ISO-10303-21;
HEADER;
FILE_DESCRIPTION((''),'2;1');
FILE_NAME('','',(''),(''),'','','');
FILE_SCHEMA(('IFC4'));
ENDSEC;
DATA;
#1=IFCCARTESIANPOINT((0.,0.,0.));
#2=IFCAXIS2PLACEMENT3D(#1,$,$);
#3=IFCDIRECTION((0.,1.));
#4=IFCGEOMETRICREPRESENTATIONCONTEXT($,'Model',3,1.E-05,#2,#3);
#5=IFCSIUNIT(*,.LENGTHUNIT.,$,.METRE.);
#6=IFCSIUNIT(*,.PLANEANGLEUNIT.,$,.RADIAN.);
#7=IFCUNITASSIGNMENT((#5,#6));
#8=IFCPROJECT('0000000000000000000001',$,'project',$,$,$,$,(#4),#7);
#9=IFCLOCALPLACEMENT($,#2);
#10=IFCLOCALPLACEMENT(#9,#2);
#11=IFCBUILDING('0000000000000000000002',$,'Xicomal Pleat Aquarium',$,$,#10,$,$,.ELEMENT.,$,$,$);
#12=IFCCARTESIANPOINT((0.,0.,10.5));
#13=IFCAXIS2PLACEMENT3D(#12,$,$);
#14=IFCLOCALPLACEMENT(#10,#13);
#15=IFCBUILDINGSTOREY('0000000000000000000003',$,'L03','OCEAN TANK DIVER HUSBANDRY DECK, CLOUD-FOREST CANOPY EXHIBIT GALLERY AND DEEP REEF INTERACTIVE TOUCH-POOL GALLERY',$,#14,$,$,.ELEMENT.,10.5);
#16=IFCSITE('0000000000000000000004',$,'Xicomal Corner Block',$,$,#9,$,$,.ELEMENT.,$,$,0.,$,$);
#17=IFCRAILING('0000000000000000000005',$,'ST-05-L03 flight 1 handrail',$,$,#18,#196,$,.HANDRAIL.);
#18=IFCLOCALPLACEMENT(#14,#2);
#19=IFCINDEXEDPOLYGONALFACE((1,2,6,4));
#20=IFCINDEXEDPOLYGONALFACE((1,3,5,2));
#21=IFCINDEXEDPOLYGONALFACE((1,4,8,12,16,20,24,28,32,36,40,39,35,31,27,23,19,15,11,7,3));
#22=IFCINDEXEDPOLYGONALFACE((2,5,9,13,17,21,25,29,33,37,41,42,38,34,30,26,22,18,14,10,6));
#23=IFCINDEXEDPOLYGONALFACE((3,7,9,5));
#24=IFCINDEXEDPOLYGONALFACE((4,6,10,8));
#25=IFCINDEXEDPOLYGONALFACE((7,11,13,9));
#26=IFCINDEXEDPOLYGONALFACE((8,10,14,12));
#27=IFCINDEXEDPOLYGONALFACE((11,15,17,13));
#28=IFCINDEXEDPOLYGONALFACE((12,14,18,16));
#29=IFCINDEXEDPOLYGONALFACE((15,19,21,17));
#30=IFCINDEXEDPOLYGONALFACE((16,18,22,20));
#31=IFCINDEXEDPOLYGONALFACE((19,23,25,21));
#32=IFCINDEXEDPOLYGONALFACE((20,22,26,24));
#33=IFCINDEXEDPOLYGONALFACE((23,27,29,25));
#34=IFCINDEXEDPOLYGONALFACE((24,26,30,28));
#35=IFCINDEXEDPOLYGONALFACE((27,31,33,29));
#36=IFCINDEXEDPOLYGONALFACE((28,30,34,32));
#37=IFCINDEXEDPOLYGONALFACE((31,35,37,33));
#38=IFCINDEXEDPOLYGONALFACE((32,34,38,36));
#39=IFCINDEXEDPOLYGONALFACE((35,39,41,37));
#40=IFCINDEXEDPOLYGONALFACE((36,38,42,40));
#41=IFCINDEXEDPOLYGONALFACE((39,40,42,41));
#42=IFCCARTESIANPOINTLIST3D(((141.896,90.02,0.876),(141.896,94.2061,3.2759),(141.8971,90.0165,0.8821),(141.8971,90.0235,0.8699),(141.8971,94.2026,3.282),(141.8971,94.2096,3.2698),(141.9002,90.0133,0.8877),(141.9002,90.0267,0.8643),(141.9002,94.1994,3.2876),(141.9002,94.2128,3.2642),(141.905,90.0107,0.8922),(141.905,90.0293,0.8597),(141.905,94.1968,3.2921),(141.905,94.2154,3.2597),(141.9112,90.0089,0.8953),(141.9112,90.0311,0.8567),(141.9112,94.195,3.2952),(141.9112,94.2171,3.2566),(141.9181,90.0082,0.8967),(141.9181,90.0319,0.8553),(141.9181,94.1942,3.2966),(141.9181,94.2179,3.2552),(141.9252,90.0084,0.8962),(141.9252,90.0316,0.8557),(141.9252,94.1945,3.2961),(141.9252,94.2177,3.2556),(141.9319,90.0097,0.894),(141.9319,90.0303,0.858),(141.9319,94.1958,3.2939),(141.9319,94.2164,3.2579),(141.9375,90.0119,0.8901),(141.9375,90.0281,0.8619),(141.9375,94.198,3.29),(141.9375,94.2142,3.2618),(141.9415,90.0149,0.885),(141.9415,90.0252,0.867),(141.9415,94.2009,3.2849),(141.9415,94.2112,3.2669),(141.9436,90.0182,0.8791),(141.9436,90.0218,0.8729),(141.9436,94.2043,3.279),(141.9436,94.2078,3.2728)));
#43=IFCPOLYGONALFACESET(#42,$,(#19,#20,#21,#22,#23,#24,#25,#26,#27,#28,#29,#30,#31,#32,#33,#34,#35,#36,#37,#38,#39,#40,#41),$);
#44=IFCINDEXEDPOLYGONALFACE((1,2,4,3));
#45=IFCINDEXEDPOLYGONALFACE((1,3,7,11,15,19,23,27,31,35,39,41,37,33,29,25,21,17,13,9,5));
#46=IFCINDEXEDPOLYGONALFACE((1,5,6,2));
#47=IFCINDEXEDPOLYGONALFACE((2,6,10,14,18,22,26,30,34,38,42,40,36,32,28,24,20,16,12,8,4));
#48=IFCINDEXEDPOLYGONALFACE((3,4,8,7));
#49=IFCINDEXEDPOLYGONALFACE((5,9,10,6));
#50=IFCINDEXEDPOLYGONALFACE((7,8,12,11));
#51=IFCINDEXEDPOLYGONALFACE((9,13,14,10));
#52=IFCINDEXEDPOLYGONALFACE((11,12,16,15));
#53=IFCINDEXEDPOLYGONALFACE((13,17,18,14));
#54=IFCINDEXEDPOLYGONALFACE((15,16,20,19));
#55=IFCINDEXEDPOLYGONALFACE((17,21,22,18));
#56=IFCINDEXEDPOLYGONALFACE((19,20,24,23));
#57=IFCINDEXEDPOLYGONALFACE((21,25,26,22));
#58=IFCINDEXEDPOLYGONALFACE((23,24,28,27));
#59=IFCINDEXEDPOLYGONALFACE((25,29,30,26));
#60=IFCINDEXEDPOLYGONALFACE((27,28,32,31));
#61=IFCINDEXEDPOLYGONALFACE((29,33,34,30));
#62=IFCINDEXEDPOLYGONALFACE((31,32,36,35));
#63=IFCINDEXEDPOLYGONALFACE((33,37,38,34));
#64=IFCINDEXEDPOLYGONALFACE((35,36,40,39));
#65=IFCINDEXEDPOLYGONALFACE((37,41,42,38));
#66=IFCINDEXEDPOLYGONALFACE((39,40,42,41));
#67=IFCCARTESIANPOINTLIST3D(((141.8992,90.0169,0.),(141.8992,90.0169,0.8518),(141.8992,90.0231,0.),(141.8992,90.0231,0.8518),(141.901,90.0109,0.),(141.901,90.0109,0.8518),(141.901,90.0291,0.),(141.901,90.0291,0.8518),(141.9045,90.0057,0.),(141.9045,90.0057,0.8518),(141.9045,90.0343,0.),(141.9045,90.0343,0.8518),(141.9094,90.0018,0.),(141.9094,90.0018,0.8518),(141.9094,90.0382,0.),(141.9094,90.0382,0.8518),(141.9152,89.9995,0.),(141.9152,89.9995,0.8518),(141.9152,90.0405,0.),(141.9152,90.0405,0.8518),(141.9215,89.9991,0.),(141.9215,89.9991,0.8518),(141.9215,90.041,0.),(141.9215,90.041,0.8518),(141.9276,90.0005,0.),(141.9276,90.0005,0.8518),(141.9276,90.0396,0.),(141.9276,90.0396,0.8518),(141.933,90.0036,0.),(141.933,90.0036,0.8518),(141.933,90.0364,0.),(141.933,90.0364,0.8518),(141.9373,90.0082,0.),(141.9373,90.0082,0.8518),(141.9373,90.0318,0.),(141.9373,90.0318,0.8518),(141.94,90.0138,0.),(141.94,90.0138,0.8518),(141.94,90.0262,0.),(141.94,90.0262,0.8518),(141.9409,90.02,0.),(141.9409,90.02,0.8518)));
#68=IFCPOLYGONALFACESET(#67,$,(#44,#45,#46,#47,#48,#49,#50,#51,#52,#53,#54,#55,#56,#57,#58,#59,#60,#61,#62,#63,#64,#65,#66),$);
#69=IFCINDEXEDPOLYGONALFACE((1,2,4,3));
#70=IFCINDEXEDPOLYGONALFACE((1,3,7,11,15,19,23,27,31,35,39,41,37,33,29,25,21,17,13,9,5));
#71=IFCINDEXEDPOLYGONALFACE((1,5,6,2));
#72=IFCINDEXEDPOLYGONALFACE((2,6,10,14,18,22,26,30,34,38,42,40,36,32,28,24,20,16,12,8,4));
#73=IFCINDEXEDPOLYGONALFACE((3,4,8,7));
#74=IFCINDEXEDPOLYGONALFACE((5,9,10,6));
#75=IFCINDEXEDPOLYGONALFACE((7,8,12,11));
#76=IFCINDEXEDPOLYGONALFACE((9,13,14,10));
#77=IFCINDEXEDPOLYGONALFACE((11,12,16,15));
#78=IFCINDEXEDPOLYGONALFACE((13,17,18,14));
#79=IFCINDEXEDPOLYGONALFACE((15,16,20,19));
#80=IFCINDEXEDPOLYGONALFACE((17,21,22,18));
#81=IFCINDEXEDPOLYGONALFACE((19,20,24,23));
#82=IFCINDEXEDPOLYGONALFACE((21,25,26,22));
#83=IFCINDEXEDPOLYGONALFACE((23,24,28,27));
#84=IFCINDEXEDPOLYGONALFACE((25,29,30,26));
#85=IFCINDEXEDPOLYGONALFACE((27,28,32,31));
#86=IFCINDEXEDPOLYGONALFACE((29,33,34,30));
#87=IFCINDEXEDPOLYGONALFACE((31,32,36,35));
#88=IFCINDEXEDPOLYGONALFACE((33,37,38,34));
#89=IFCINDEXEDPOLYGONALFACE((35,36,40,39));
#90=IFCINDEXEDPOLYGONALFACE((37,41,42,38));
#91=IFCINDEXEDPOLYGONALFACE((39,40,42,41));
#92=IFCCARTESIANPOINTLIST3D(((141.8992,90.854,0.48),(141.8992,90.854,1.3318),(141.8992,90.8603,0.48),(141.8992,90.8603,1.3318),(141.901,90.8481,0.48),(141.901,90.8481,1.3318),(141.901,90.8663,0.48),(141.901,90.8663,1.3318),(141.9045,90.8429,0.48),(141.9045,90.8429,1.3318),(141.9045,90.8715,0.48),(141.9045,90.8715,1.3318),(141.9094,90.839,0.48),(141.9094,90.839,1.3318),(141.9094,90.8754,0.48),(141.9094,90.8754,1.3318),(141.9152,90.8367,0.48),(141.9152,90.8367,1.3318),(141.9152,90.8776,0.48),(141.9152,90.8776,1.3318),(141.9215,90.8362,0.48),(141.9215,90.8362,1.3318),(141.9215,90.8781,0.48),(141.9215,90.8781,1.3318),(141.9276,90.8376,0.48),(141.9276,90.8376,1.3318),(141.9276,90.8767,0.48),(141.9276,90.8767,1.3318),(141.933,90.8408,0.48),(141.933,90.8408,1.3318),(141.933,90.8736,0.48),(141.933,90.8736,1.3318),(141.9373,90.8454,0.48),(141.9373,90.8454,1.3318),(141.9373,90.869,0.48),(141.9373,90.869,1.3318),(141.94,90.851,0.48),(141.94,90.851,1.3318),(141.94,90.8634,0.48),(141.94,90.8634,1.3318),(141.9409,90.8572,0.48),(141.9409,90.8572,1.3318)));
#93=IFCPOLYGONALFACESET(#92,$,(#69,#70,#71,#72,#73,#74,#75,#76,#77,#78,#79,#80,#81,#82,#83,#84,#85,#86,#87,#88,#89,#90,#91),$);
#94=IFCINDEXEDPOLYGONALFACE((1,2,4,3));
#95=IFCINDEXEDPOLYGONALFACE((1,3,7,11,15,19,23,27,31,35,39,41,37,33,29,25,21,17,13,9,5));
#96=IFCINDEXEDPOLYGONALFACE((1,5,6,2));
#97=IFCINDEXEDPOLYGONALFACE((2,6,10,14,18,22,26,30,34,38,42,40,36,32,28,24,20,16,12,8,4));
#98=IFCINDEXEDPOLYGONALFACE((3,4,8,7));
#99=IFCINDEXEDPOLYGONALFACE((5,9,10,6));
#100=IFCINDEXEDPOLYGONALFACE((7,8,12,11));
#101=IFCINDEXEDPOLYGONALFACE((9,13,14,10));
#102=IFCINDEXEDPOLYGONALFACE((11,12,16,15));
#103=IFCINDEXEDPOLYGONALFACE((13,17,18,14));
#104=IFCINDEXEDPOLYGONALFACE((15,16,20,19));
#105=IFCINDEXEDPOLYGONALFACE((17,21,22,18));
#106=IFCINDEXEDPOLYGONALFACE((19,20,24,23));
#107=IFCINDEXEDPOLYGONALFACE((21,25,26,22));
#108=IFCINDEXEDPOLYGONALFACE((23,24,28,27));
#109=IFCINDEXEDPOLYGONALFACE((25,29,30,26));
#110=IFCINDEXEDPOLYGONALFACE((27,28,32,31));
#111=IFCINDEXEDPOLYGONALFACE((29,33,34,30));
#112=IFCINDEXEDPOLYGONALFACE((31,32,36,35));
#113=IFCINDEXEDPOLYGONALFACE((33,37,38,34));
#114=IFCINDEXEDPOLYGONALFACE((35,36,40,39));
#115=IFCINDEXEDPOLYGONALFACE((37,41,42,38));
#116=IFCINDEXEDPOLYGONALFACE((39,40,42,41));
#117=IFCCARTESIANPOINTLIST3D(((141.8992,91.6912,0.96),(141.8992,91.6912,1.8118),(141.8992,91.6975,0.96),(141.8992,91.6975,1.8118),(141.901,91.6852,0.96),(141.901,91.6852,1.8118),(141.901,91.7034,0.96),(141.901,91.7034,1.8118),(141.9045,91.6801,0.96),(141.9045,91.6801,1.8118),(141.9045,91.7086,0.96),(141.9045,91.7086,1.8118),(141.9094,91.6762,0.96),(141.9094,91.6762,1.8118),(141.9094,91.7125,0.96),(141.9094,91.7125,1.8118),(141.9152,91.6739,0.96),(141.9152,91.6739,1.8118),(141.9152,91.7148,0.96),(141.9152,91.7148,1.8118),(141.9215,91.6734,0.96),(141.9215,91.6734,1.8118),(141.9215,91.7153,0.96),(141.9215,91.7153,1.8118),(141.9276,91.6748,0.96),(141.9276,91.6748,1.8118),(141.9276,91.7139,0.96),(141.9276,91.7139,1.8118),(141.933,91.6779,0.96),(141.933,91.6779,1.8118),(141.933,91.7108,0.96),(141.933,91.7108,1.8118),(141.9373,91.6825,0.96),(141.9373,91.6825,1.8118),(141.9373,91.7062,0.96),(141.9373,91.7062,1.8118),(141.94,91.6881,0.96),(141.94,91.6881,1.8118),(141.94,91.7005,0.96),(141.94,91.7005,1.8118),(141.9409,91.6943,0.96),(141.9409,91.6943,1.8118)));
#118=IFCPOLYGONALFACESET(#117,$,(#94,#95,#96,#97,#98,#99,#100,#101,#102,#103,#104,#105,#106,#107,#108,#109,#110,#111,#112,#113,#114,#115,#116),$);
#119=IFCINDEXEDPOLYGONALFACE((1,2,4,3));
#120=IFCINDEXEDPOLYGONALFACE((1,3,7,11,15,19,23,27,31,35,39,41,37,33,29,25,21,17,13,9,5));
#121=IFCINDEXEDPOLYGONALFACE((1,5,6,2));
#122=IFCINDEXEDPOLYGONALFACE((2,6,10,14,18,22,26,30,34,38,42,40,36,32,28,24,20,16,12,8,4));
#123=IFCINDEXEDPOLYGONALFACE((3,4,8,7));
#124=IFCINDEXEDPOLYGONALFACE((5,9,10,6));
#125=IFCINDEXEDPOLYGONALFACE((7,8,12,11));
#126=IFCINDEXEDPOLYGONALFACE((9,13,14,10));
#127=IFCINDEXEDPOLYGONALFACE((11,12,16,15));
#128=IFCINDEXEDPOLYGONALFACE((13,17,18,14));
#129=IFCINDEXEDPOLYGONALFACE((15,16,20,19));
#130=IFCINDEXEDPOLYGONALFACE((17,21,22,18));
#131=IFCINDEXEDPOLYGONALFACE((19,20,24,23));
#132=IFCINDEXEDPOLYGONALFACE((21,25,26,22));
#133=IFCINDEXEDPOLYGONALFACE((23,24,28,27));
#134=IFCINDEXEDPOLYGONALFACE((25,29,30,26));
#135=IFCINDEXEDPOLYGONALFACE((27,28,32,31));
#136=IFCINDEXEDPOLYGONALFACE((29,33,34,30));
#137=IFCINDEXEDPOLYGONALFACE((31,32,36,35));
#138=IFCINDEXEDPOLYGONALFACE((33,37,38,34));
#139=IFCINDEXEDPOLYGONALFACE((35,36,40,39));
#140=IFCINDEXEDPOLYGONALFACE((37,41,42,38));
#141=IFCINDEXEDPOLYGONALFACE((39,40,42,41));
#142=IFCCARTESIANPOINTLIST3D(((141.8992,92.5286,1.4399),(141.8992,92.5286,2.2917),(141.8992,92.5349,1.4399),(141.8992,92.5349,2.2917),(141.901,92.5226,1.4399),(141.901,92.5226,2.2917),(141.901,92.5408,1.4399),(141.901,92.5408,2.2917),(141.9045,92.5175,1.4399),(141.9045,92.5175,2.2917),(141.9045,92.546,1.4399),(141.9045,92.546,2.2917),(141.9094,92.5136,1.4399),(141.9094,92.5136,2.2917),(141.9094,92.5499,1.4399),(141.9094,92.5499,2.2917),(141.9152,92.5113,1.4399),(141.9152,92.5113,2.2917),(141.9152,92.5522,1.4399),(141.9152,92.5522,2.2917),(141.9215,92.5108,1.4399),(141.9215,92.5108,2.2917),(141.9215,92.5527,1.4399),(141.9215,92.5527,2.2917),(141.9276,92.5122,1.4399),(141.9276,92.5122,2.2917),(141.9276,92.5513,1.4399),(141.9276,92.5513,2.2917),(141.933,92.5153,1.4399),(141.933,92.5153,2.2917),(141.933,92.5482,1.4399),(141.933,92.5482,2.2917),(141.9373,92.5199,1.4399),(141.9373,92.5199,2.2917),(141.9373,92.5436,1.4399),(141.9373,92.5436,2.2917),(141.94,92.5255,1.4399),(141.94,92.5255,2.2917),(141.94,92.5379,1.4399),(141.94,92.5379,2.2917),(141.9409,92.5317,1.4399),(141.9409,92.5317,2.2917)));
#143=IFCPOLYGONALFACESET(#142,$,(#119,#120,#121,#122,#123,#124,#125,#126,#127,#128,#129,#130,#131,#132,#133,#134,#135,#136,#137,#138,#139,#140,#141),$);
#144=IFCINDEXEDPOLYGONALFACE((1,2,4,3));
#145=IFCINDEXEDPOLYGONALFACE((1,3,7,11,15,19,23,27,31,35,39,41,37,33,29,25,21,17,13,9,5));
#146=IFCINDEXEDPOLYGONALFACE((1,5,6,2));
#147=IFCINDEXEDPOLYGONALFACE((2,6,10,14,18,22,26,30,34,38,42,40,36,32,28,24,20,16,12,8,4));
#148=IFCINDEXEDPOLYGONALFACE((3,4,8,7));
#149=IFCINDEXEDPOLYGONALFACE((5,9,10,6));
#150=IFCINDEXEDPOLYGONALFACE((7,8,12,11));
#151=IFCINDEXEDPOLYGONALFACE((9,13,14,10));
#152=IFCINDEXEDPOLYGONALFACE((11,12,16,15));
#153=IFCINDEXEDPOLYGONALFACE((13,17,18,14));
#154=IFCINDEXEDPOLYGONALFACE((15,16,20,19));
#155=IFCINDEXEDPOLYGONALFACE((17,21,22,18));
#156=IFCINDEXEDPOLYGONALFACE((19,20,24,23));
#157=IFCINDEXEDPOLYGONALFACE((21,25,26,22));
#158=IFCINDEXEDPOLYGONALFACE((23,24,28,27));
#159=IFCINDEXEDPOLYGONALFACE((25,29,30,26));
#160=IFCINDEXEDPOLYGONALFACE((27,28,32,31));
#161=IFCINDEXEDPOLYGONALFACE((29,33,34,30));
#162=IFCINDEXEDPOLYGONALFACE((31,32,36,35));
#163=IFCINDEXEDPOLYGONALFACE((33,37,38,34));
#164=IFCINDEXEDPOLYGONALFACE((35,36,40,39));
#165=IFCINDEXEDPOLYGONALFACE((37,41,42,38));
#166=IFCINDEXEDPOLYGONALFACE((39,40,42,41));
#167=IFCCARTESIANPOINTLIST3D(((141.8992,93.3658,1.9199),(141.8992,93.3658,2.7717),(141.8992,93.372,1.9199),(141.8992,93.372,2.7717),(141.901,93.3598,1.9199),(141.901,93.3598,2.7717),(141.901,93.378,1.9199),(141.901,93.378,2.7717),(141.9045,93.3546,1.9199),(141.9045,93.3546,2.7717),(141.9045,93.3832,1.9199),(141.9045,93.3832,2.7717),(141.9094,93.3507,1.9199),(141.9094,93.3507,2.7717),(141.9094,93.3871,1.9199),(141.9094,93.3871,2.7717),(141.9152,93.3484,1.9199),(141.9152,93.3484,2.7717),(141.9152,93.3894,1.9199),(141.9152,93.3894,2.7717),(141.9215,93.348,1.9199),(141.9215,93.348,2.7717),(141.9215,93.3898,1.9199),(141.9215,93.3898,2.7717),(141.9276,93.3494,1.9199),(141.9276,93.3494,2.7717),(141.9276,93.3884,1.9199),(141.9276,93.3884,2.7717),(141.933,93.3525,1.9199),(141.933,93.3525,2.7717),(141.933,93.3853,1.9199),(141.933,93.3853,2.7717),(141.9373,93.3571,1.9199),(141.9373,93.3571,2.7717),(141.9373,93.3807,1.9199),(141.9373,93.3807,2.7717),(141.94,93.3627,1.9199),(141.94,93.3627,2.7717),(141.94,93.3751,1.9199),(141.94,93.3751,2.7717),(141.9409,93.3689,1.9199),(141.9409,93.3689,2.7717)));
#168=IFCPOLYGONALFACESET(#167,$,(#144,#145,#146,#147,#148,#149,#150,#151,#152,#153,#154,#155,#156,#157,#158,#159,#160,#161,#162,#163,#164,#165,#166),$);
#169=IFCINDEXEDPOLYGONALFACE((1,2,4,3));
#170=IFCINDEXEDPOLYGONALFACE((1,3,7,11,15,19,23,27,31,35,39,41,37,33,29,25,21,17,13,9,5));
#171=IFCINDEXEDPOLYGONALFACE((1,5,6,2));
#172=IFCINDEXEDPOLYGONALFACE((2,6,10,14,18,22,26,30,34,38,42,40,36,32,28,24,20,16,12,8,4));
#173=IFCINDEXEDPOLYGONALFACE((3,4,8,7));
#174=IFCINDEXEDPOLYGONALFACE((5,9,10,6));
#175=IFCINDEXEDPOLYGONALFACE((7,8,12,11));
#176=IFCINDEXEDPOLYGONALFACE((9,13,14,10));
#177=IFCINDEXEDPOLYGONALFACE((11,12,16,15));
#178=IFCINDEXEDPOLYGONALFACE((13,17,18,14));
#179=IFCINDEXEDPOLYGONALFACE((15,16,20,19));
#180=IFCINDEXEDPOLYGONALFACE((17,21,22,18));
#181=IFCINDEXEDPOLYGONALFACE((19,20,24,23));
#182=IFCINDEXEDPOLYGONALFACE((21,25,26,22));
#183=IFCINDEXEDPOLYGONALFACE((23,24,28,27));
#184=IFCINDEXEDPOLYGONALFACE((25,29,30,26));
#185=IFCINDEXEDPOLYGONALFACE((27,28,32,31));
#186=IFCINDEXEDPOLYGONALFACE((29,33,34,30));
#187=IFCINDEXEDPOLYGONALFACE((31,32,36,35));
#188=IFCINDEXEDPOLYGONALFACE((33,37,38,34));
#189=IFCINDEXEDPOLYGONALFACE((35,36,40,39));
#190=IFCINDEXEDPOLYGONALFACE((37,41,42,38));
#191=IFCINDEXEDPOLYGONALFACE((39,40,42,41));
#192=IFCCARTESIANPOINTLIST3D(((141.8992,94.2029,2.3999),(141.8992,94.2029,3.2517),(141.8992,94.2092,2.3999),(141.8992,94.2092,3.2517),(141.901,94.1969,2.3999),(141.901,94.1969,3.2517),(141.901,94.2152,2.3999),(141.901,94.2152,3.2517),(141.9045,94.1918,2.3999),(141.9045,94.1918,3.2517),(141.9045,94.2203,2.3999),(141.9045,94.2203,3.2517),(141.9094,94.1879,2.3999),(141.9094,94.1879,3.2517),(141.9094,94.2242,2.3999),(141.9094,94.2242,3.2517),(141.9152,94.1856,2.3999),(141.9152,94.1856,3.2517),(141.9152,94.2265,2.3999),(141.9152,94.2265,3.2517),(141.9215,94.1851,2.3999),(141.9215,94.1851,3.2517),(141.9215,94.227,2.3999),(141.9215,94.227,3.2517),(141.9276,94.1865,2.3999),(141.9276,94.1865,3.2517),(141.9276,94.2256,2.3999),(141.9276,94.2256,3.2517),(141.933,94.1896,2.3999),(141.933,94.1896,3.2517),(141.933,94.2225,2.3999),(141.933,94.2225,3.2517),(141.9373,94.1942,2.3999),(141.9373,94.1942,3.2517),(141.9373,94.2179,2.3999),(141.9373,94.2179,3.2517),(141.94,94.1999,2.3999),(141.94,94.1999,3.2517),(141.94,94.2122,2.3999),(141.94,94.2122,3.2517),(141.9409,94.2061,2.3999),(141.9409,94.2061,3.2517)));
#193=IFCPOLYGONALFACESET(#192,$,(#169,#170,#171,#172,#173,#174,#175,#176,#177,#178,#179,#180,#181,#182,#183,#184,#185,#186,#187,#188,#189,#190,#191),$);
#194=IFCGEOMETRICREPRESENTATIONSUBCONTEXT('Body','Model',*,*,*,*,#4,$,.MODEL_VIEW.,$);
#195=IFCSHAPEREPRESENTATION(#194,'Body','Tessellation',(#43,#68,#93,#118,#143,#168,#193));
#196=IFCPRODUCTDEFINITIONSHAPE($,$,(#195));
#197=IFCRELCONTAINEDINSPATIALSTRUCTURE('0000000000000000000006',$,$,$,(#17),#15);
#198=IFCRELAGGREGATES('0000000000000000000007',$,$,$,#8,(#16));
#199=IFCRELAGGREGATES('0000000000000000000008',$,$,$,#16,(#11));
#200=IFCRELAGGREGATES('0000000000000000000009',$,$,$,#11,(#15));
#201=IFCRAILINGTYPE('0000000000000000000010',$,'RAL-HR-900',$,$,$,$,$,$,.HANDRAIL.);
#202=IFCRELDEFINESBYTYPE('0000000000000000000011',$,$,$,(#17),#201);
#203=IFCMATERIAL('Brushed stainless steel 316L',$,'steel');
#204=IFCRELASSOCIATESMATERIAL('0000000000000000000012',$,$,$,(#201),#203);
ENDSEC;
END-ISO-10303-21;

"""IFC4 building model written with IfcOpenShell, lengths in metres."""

from ifc_helpers import new_model, si_unit, direction, frame, origin, origin_2d, place, context, subcontext, project, spatial, circle, extrude, material, type_object, element, save


model = new_model("IFC4")

# Units and contexts
model_context = context("Model", 3, precision=1e-05, world=origin(), true_north=direction((0.0, 1.0)))
body_context = subcontext(model_context, "Body", "Model", "MODEL_VIEW")
ifc_project = project(units=[si_unit("LENGTHUNIT", "METRE"), si_unit("PLANEANGLEUNIT", "RADIAN")], contexts=[model_context])

# Site, building, storey
site_placement = place(None, origin())
site = spatial("IfcSite", under=ifc_project, at=site_placement, Name="Xicomal Corner Block", CompositionType="ELEMENT", RefElevation=0.0)
building_placement = place(site_placement, origin())
building = spatial("IfcBuilding", under=site, at=building_placement, Name="Xicomal Pleat Aquarium", CompositionType="ELEMENT")
storey_placement = place(building_placement, frame((0.0, 0.0, 10.5)))
storey = spatial("IfcBuildingStorey", under=building, at=storey_placement, Name="L03", Description="OCEAN TANK DIVER HUSBANDRY DECK, CLOUD-FOREST CANOPY EXHIBIT GALLERY AND DEEP REEF INTERACTIVE TOUCH-POOL GALLERY", CompositionType="ELEMENT", Elevation=10.5)

# Railing
ifc_material_1 = material(Name="Brushed stainless steel 316L", Category="steel")
railing_type_1 = type_object("IfcRailingType", Name="RAL-HR-900", PredefinedType="HANDRAIL", material=ifc_material_1)
railing_1_placement = place(storey_placement, frame((141.9199, 90.02, 0.0)))
element("IfcRailing", 1, at=railing_1_placement, inside=storey, type_object=railing_type_1, Name="ST-05-L03 flight 1 handrail", PredefinedType="HANDRAIL", context=body_context, shape_type="SweptSolid", body=[
    extrude(circle(Radius=0.0239, at=origin_2d()), frame((0.0, 0.0, 0.876), z_axis=(0.0, 0.867539, 0.49737), x_axis=(-1.0, 0.0, 0.0)), (0.0, 0.0, 1.0), 4.8252),
    extrude(circle(Radius=0.021, at=origin_2d()), origin(), (0.0, 0.0, 1.0), 0.8518),
    extrude(circle(Radius=0.021, at=origin_2d()), frame((0.0, 0.8372, 0.48)), (0.0, 0.0, 1.0), 0.8518),
    extrude(circle(Radius=0.021, at=origin_2d()), frame((0.0, 1.6743, 0.96)), (0.0, 0.0, 1.0), 0.8518),
    extrude(circle(Radius=0.021, at=origin_2d()), frame((0.0, 2.5117, 1.4399)), (0.0, 0.0, 1.0), 0.8518),
    extrude(circle(Radius=0.021, at=origin_2d()), frame((0.0, 3.3489, 1.9199)), (0.0, 0.0, 1.0), 0.8518),
    extrude(circle(Radius=0.021, at=origin_2d()), frame((0.0, 4.186, 2.3999)), (0.0, 0.0, 1.0), 0.8518),
])

save(model, "model.ifc")
